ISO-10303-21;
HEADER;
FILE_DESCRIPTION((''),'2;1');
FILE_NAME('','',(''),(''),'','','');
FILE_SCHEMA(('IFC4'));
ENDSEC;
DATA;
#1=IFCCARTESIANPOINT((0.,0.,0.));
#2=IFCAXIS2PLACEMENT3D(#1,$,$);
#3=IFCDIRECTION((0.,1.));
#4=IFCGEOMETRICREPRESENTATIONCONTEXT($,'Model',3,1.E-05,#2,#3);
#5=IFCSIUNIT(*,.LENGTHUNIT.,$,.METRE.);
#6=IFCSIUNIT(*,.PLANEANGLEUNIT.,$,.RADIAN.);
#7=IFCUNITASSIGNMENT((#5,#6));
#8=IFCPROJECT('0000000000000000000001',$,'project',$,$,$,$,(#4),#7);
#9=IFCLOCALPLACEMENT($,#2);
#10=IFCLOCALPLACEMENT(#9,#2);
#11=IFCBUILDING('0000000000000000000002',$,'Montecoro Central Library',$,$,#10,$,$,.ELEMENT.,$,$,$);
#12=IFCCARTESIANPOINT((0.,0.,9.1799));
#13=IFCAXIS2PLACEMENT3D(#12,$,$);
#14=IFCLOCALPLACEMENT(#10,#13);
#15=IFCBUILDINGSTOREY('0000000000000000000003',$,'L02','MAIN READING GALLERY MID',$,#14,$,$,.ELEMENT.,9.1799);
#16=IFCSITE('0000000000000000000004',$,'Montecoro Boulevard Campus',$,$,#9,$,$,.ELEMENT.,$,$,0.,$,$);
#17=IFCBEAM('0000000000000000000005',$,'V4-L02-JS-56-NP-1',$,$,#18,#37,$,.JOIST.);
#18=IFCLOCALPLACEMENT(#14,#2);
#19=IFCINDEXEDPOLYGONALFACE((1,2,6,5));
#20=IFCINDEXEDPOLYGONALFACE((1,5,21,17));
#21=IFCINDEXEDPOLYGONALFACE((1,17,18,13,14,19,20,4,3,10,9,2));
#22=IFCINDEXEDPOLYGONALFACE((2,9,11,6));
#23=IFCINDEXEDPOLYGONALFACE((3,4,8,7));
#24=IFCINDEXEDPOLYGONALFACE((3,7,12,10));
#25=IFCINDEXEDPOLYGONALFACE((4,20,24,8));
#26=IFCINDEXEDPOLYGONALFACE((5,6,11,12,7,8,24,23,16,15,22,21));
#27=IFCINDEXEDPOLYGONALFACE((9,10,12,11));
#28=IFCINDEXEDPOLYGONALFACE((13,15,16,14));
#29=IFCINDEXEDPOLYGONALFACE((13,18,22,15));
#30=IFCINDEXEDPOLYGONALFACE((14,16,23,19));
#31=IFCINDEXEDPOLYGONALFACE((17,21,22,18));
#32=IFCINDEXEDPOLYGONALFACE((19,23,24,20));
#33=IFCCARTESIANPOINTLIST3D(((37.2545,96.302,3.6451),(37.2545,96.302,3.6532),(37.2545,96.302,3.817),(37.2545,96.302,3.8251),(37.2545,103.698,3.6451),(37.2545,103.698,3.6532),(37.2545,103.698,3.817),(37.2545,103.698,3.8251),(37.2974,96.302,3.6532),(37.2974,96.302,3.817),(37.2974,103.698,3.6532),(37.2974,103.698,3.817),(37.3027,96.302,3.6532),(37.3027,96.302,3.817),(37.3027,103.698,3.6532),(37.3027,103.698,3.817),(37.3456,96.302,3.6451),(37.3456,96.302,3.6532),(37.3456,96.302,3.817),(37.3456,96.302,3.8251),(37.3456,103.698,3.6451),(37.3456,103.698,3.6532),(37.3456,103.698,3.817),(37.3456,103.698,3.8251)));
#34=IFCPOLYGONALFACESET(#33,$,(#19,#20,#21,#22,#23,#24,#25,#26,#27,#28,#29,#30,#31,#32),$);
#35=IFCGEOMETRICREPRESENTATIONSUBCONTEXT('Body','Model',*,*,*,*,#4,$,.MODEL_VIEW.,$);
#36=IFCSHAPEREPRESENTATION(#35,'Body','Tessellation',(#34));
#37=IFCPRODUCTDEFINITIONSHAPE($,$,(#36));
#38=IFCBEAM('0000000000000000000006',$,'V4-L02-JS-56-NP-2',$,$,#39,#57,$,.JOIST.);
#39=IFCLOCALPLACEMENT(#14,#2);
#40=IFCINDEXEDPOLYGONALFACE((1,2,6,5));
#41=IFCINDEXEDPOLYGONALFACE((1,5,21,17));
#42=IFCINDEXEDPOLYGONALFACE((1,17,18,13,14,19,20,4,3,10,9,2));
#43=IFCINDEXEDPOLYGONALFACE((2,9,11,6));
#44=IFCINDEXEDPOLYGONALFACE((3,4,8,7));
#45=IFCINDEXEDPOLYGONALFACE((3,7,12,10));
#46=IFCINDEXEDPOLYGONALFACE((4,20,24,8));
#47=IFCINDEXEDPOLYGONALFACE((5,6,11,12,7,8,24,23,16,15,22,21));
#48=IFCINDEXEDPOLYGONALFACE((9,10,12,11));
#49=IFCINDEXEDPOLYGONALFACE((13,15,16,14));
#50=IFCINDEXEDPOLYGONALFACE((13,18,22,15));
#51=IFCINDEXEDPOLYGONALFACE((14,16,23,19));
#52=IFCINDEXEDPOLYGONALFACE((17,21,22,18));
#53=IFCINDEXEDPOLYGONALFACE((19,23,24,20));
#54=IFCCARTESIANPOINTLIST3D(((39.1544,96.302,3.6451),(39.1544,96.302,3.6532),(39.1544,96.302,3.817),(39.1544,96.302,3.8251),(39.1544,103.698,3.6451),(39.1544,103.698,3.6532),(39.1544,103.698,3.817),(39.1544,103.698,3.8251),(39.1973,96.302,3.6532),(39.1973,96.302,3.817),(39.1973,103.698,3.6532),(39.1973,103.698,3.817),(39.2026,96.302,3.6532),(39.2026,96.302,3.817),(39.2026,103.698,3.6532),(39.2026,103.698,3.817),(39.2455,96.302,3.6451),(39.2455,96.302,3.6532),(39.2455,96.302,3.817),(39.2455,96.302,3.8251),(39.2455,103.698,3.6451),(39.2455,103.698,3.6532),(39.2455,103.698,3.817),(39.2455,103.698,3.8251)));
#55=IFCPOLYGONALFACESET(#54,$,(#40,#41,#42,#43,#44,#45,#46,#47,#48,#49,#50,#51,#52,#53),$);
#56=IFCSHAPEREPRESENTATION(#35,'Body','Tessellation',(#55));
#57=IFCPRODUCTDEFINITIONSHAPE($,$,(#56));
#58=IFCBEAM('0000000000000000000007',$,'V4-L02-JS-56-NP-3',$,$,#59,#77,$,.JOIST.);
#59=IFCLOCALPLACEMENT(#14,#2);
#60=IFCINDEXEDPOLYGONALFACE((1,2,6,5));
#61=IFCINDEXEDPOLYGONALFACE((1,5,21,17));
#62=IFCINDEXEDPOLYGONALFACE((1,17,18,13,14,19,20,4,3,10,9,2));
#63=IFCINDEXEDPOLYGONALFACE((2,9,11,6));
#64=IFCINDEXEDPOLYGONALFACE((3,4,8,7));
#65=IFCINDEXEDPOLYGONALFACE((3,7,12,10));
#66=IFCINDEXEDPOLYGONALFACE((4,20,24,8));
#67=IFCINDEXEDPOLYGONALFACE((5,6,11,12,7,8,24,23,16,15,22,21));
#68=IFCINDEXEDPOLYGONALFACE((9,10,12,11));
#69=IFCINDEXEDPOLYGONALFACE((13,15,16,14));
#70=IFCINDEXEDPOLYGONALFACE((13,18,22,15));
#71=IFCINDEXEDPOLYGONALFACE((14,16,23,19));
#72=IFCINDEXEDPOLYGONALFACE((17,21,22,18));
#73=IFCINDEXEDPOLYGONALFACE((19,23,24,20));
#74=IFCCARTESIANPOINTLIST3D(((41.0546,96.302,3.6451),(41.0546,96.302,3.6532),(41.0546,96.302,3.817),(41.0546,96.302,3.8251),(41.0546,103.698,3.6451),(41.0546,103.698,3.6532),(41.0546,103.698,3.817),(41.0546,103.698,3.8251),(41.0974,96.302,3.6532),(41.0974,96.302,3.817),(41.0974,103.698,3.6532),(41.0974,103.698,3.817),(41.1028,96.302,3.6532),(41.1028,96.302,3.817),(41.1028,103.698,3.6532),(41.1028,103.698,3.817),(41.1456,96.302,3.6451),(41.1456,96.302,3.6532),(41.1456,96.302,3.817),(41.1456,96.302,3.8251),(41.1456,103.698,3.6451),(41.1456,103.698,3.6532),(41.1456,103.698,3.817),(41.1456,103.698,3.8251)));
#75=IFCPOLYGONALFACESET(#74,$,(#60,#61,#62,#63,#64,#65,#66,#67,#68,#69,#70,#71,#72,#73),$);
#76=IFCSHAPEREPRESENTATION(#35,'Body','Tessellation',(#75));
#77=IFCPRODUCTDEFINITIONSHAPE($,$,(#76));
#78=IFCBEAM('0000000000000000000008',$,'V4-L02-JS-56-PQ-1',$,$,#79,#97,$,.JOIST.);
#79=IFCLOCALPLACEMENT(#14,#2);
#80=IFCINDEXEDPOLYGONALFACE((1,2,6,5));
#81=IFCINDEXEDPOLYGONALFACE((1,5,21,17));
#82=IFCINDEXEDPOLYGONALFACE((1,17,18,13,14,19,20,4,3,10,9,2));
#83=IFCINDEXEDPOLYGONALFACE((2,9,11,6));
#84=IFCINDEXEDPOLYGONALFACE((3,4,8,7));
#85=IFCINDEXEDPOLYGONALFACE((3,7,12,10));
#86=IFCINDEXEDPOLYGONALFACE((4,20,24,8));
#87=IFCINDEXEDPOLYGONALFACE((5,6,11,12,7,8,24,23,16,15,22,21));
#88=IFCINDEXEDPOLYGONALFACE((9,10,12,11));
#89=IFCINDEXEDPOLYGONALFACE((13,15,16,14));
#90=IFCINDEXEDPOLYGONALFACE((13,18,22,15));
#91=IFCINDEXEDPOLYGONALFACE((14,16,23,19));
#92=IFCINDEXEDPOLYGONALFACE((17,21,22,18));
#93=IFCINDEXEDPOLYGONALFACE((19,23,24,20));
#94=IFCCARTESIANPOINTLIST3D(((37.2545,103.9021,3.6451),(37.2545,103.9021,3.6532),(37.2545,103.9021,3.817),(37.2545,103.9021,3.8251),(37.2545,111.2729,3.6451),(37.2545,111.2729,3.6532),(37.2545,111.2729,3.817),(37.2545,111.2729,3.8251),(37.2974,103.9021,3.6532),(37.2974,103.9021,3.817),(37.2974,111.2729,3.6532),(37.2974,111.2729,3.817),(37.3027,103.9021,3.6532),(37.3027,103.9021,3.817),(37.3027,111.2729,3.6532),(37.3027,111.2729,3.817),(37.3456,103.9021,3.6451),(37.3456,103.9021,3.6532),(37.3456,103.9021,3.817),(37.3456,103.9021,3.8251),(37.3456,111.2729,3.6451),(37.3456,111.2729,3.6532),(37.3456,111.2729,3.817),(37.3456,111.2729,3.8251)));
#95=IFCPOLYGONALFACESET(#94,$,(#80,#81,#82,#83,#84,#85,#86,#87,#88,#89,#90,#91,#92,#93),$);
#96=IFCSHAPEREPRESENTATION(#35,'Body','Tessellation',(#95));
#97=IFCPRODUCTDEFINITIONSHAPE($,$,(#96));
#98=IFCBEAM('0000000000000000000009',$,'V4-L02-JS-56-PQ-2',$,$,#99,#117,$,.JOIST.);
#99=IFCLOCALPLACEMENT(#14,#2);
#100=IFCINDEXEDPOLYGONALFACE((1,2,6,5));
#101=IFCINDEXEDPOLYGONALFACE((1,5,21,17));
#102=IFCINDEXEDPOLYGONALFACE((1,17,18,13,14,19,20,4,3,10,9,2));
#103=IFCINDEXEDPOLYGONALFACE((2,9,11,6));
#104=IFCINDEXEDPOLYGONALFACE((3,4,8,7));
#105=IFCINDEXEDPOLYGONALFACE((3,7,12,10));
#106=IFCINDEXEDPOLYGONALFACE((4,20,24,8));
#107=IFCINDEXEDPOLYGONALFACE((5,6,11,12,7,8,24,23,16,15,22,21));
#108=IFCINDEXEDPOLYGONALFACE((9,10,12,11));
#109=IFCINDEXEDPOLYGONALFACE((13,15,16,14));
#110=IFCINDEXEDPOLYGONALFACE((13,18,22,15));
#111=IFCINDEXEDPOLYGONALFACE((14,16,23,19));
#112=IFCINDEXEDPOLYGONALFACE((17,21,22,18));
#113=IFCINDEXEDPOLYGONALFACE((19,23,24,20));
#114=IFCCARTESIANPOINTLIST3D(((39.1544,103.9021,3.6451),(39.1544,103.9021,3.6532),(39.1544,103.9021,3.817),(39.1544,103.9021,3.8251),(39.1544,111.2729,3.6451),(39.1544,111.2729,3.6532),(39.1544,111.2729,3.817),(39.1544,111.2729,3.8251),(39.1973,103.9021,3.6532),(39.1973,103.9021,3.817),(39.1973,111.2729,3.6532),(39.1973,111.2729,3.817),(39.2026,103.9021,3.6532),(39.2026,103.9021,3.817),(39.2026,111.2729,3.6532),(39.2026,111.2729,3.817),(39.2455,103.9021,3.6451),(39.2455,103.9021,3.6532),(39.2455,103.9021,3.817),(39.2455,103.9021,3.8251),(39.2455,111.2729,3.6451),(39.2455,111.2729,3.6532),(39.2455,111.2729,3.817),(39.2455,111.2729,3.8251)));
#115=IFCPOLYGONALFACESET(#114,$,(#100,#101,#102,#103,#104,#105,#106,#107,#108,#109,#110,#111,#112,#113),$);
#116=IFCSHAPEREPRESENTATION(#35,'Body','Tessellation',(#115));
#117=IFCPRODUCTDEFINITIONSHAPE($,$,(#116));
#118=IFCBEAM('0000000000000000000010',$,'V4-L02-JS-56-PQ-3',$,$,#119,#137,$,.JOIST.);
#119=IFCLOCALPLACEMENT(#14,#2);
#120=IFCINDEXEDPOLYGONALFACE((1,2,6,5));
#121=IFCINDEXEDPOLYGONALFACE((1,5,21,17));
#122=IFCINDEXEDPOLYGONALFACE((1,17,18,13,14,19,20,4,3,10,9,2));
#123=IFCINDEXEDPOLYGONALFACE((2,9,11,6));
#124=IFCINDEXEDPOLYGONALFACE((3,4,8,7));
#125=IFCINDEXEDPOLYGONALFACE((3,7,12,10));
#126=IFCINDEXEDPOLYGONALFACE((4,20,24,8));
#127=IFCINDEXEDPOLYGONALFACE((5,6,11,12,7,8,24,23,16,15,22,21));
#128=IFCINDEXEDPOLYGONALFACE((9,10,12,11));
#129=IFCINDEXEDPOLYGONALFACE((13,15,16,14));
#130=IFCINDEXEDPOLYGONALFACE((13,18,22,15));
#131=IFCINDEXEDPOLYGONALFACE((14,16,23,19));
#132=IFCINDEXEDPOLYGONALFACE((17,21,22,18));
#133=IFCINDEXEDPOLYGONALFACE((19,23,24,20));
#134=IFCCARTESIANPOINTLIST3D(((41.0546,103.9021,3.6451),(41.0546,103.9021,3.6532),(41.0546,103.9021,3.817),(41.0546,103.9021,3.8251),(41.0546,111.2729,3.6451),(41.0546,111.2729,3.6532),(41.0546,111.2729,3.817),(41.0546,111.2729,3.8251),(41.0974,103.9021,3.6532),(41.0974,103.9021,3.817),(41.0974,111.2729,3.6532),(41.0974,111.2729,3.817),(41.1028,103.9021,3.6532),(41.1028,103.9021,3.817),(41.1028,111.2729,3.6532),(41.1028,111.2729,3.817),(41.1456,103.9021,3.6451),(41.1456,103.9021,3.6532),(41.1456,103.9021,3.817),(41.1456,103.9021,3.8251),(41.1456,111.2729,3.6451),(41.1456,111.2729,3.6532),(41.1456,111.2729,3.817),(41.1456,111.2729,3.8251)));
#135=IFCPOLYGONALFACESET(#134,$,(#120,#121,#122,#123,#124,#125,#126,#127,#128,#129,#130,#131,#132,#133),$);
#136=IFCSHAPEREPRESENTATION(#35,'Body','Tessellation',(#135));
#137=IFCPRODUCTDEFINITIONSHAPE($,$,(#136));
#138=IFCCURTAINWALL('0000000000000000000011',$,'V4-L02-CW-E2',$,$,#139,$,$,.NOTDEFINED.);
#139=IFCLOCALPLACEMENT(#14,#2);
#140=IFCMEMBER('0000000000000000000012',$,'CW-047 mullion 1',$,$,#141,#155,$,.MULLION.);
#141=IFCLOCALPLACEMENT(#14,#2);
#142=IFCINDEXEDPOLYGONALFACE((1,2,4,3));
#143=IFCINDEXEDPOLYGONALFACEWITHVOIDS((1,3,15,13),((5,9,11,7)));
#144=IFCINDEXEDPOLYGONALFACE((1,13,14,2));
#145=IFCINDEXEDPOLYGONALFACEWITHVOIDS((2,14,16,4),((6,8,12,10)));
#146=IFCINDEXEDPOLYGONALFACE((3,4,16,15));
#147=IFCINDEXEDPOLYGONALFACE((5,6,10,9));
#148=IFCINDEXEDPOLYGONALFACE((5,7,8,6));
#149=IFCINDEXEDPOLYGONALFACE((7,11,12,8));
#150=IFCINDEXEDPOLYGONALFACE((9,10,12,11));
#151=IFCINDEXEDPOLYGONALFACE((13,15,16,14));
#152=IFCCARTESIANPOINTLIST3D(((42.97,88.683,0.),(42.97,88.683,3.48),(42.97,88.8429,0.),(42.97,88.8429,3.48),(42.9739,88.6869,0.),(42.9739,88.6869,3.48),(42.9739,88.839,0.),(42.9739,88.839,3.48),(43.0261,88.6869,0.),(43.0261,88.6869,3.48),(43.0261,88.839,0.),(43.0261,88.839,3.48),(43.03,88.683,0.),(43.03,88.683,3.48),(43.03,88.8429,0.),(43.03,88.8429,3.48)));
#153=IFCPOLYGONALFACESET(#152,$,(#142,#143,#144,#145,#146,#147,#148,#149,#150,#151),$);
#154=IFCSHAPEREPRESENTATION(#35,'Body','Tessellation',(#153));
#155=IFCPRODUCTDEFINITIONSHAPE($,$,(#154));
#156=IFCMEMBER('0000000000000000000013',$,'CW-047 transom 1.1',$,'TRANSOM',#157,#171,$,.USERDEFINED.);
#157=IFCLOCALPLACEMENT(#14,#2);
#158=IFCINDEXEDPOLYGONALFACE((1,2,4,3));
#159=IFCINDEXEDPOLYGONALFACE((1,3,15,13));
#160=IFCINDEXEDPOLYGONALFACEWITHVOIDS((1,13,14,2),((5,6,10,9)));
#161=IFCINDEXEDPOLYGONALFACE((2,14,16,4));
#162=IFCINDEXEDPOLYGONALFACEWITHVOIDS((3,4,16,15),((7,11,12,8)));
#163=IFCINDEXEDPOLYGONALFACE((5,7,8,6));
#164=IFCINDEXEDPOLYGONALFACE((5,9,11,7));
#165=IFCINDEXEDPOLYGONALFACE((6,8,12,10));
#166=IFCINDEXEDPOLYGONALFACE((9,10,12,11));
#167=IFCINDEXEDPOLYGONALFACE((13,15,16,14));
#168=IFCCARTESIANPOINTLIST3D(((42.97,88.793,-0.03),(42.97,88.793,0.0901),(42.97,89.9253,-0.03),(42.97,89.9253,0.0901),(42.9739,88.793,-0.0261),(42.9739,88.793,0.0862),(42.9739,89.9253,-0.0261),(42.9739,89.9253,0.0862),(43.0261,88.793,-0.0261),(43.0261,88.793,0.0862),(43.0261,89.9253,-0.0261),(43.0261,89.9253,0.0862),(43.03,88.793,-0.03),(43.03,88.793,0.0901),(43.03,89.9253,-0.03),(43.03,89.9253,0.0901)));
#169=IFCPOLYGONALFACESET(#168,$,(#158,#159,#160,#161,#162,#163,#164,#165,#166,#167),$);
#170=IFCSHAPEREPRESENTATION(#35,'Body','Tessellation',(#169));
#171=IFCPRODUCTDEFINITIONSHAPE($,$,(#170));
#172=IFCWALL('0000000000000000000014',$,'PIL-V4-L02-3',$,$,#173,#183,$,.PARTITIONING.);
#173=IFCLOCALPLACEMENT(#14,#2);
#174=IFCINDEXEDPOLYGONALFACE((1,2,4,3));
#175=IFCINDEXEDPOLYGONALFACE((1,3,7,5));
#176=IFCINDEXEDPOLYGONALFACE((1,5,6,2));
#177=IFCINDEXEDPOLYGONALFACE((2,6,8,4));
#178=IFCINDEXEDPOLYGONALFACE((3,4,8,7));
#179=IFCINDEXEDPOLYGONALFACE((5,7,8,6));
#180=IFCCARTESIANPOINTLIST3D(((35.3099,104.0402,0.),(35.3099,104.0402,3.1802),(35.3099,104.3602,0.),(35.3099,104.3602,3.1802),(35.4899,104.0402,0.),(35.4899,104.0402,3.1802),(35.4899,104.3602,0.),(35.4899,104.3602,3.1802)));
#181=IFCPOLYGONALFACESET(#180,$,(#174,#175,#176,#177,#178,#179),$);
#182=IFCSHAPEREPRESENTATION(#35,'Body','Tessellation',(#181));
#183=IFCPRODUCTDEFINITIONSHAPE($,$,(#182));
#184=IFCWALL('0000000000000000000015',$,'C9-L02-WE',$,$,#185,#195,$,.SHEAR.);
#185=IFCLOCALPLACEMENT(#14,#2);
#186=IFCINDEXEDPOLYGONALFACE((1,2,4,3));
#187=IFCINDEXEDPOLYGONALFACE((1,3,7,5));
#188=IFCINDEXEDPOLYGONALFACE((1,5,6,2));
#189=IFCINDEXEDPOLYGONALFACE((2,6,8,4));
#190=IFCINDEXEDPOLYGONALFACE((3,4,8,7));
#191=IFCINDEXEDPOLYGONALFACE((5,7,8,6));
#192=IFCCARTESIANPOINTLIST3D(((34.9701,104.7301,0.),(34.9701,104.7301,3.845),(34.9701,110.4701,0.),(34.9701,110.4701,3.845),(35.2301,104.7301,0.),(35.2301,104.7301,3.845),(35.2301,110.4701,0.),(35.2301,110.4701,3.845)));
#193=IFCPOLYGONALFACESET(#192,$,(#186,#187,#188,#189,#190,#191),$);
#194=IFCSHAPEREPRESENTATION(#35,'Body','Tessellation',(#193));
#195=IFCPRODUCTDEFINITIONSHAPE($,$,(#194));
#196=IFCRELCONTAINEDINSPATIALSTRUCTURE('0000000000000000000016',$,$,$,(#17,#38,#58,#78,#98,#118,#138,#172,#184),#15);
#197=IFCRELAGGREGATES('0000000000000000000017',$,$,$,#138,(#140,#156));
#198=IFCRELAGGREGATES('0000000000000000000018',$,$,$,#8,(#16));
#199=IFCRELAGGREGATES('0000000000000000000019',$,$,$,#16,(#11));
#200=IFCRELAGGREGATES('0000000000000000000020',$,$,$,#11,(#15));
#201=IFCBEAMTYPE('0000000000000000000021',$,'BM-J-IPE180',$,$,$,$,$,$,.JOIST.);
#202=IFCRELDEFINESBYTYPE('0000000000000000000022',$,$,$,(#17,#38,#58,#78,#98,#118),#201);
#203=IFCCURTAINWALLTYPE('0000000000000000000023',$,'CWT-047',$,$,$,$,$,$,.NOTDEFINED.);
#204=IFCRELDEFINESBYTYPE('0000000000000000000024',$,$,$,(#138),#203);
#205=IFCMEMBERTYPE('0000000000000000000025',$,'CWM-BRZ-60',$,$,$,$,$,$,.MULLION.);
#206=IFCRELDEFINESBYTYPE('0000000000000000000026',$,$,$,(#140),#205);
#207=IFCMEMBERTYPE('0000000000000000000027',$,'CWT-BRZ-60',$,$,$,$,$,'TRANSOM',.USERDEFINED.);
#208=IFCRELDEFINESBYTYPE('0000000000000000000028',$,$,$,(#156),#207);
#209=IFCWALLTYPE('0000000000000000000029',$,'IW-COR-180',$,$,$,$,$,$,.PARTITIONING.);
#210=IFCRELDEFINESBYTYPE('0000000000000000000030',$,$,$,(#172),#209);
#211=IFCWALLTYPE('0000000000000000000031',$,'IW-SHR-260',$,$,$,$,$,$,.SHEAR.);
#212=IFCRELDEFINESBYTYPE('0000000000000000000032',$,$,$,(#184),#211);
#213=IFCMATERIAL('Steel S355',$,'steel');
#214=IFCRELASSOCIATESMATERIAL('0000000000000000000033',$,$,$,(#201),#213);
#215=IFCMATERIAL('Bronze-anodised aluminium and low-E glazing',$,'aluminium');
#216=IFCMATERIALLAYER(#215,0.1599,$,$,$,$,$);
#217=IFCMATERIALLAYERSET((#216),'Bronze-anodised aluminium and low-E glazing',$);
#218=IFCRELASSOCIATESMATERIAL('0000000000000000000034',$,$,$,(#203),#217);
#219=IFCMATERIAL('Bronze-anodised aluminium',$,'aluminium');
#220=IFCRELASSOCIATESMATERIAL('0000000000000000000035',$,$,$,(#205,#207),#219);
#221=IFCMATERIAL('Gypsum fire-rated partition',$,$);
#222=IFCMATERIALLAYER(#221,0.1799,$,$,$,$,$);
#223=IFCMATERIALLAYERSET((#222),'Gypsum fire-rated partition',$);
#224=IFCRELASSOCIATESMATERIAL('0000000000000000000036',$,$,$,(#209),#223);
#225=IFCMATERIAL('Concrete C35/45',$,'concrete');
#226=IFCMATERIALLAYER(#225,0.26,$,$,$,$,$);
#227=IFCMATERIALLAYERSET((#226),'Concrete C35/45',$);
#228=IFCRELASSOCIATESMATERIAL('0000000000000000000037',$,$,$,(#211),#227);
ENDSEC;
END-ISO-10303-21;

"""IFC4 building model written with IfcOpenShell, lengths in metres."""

from ifc_helpers import new_model, si_unit, direction, frame, frame_2d, origin, origin_2d, place, context, subcontext, project, spatial, rectangle, hollow_rectangle, i_section, extrude, material, layer, layer_set, material_profile, profile_set, type_object, element, aggregate, save


model = new_model("IFC4")

# Units and contexts
model_context = context("Model", 3, precision=1e-05, world=origin(), true_north=direction((0.0, 1.0)))
body_context = subcontext(model_context, "Body", "Model", "MODEL_VIEW")
ifc_project = project(units=[si_unit("LENGTHUNIT", "METRE"), si_unit("PLANEANGLEUNIT", "RADIAN")], contexts=[model_context])

# Site, building, storey
site_placement = place(None, origin())
site = spatial("IfcSite", under=ifc_project, at=site_placement, Name="Montecoro Boulevard Campus", CompositionType="ELEMENT", RefElevation=0.0)
building_placement = place(site_placement, origin())
building = spatial("IfcBuilding", under=site, at=building_placement, Name="Montecoro Central Library", CompositionType="ELEMENT")
storey_placement = place(building_placement, frame((0.0, 0.0, 9.1799)))
storey = spatial("IfcBuildingStorey", under=building, at=storey_placement, Name="L02", Description="MAIN READING GALLERY MID", CompositionType="ELEMENT", Elevation=9.1799)

# Shared definitions
ifc_material_1 = material(Name="Steel S355", Category="steel")

# Beams
ifc_material_profile_1 = material_profile(ifc_material_1, i_section(OverallWidth=0.0911, OverallDepth=0.1799, WebThickness=0.0054, FlangeThickness=0.0081, at=origin_2d()), Name="IPE 180")
ifc_profile_set_1 = profile_set([ifc_material_profile_1], Name="Steel S355")
beam_type_1 = type_object("IfcBeamType", Name="BM-J-IPE180", PredefinedType="JOIST", material=ifc_profile_set_1)
for number, where, z_axis, x_axis, name in (
    (1, (37.3, 96.302, 3.7351), (0.0, 1.0, 0.0), (-1.0, 0.0, 0.0), "V4-L02-JS-56-NP-1"),
    (2, (39.2, 96.302, 3.7351), (0.0, 1.0, 0.0), (-1.0, 0.0, 0.0), "V4-L02-JS-56-NP-2"),
    (3, (41.1001, 96.302, 3.7351), (0.0, 1.0, 0.0), (-1.0, 0.0, 0.0), "V4-L02-JS-56-NP-3"),
):
    element("IfcBeam", number, at=place(storey_placement, frame(where, z_axis=z_axis, x_axis=x_axis)), inside=storey, type_object=beam_type_1, Name=name, PredefinedType="JOIST", context=body_context, shape_type="SweptSolid", body=[
        extrude(i_section(OverallWidth=0.0911, OverallDepth=0.1799, WebThickness=0.0054, FlangeThickness=0.0081, at=origin_2d()), origin(), (0.0, 0.0, 1.0), 7.396),
    ])
for number, where, z_axis, x_axis, name in (
    (4, (37.3, 103.9021, 3.7351), (0.0, 1.0, 0.0), (-1.0, 0.0, 0.0), "V4-L02-JS-56-PQ-1"),
    (5, (39.2, 103.9021, 3.7351), (0.0, 1.0, 0.0), (-1.0, 0.0, 0.0), "V4-L02-JS-56-PQ-2"),
    (6, (41.1001, 103.9021, 3.7351), (0.0, 1.0, 0.0), (-1.0, 0.0, 0.0), "V4-L02-JS-56-PQ-3"),
):
    element("IfcBeam", number, at=place(storey_placement, frame(where, z_axis=z_axis, x_axis=x_axis)), inside=storey, type_object=beam_type_1, Name=name, PredefinedType="JOIST", context=body_context, shape_type="SweptSolid", body=[
        extrude(i_section(OverallWidth=0.0911, OverallDepth=0.1799, WebThickness=0.0054, FlangeThickness=0.0081, at=origin_2d()), origin(), (0.0, 0.0, 1.0), 7.3708),
    ])

# Curtain wall, members
ifc_material_2 = material(Name="Bronze-anodised aluminium and low-E glazing", Category="aluminium")
ifc_layer_1 = layer(ifc_material_2, 0.1599)
ifc_layer_set_1 = layer_set([ifc_layer_1], Name="Bronze-anodised aluminium and low-E glazing")
curtain_wall_type = type_object("IfcCurtainWallType", Name="CWT-047", PredefinedType="NOTDEFINED", material=ifc_layer_set_1)
curtain_wall_placement = place(storey_placement, origin())
curtain_wall = element("IfcCurtainWall", 7, at=curtain_wall_placement, inside=storey, type_object=curtain_wall_type, Name="V4-L02-CW-E2", PredefinedType="NOTDEFINED")
ifc_material_3 = material(Name="Bronze-anodised aluminium", Category="aluminium")
ifc_material_profile_2 = material_profile(ifc_material_3, hollow_rectangle(XDim=0.0601, YDim=0.1599, WallThickness=0.0039, at=origin_2d()), Name="CWM 160x60x4.0")
ifc_profile_set_2 = profile_set([ifc_material_profile_2], Name="Bronze-anodised aluminium")
member_type_1 = type_object("IfcMemberType", Name="CWM-BRZ-60", PredefinedType="MULLION", material=ifc_profile_set_2)
member_1_placement = place(storey_placement, frame((43.0, 88.7629, 0.0), z_axis=(0.0, 0.0, 1.0), x_axis=(-1.0, 0.0, 0.0)))
member_1 = element("IfcMember", 8, at=member_1_placement, type_object=member_type_1, Name="CW-047 mullion 1", PredefinedType="MULLION", context=body_context, shape_type="SweptSolid", body=[
    extrude(hollow_rectangle(XDim=0.0601, YDim=0.1599, WallThickness=0.0039, at=origin_2d()), origin(), (0.0, 0.0, 1.0), 3.48),
])
ifc_material_profile_3 = material_profile(ifc_material_3, hollow_rectangle(XDim=0.0601, YDim=0.1201, WallThickness=0.0039, at=origin_2d()), Name="CWT 120x60x4.0")
ifc_profile_set_3 = profile_set([ifc_material_profile_3], Name="Bronze-anodised aluminium")
member_type_2 = type_object("IfcMemberType", Name="CWT-BRZ-60", ElementType="TRANSOM", PredefinedType="USERDEFINED", material=ifc_profile_set_3)
member_2_placement = place(storey_placement, frame((43.0, 88.793, 0.03), z_axis=(0.0, 1.0, 0.0), x_axis=(-1.0, 0.0, 0.0)))
member_2 = element("IfcMember", 9, at=member_2_placement, type_object=member_type_2, Name="CW-047 transom 1.1", ObjectType="TRANSOM", PredefinedType="USERDEFINED", context=body_context, shape_type="SweptSolid", body=[
    extrude(hollow_rectangle(XDim=0.0601, YDim=0.1201, WallThickness=0.0039, at=origin_2d()), origin(), (0.0, 0.0, 1.0), 1.1323),
])
aggregate(curtain_wall, [member_1, member_2])

# Walls
ifc_material_4 = material(Name="Gypsum fire-rated partition")
ifc_layer_2 = layer(ifc_material_4, 0.1799)
ifc_layer_set_2 = layer_set([ifc_layer_2], Name="Gypsum fire-rated partition")
wall_type_1 = type_object("IfcWallType", Name="IW-COR-180", PredefinedType="PARTITIONING", material=ifc_layer_set_2)
wall_1_placement = place(storey_placement, frame((35.3999, 104.04, 0.0), z_axis=(0.0, 0.0, 1.0), x_axis=(0.0, 1.0, 0.0)))
element("IfcWall", 10, at=wall_1_placement, inside=storey, type_object=wall_type_1, Name="PIL-V4-L02-3", PredefinedType="PARTITIONING", context=body_context, shape_type="SweptSolid", body=[
    extrude(rectangle(XDim=0.3201, YDim=0.1799, at=frame_2d((0.1602, 0.0))), origin(), (0.0, 0.0, 1.0), 3.1802),
])
ifc_material_5 = material(Name="Concrete C35/45", Category="concrete")
ifc_layer_3 = layer(ifc_material_5, 0.26)
ifc_layer_set_3 = layer_set([ifc_layer_3], Name="Concrete C35/45")
wall_type_2 = type_object("IfcWallType", Name="IW-SHR-260", PredefinedType="SHEAR", material=ifc_layer_set_3)
wall_2_placement = place(storey_placement, frame((35.1001, 104.73, 0.0), z_axis=(0.0, 0.0, 1.0), x_axis=(0.0, 1.0, 0.0)))
element("IfcWall", 11, at=wall_2_placement, inside=storey, type_object=wall_type_2, Name="C9-L02-WE", PredefinedType="SHEAR", context=body_context, shape_type="SweptSolid", body=[
    extrude(rectangle(XDim=5.74, YDim=0.26, at=frame_2d((2.8701, 0.0))), origin(), (0.0, 0.0, 1.0), 3.845),
])

save(model, "model.ifc")
